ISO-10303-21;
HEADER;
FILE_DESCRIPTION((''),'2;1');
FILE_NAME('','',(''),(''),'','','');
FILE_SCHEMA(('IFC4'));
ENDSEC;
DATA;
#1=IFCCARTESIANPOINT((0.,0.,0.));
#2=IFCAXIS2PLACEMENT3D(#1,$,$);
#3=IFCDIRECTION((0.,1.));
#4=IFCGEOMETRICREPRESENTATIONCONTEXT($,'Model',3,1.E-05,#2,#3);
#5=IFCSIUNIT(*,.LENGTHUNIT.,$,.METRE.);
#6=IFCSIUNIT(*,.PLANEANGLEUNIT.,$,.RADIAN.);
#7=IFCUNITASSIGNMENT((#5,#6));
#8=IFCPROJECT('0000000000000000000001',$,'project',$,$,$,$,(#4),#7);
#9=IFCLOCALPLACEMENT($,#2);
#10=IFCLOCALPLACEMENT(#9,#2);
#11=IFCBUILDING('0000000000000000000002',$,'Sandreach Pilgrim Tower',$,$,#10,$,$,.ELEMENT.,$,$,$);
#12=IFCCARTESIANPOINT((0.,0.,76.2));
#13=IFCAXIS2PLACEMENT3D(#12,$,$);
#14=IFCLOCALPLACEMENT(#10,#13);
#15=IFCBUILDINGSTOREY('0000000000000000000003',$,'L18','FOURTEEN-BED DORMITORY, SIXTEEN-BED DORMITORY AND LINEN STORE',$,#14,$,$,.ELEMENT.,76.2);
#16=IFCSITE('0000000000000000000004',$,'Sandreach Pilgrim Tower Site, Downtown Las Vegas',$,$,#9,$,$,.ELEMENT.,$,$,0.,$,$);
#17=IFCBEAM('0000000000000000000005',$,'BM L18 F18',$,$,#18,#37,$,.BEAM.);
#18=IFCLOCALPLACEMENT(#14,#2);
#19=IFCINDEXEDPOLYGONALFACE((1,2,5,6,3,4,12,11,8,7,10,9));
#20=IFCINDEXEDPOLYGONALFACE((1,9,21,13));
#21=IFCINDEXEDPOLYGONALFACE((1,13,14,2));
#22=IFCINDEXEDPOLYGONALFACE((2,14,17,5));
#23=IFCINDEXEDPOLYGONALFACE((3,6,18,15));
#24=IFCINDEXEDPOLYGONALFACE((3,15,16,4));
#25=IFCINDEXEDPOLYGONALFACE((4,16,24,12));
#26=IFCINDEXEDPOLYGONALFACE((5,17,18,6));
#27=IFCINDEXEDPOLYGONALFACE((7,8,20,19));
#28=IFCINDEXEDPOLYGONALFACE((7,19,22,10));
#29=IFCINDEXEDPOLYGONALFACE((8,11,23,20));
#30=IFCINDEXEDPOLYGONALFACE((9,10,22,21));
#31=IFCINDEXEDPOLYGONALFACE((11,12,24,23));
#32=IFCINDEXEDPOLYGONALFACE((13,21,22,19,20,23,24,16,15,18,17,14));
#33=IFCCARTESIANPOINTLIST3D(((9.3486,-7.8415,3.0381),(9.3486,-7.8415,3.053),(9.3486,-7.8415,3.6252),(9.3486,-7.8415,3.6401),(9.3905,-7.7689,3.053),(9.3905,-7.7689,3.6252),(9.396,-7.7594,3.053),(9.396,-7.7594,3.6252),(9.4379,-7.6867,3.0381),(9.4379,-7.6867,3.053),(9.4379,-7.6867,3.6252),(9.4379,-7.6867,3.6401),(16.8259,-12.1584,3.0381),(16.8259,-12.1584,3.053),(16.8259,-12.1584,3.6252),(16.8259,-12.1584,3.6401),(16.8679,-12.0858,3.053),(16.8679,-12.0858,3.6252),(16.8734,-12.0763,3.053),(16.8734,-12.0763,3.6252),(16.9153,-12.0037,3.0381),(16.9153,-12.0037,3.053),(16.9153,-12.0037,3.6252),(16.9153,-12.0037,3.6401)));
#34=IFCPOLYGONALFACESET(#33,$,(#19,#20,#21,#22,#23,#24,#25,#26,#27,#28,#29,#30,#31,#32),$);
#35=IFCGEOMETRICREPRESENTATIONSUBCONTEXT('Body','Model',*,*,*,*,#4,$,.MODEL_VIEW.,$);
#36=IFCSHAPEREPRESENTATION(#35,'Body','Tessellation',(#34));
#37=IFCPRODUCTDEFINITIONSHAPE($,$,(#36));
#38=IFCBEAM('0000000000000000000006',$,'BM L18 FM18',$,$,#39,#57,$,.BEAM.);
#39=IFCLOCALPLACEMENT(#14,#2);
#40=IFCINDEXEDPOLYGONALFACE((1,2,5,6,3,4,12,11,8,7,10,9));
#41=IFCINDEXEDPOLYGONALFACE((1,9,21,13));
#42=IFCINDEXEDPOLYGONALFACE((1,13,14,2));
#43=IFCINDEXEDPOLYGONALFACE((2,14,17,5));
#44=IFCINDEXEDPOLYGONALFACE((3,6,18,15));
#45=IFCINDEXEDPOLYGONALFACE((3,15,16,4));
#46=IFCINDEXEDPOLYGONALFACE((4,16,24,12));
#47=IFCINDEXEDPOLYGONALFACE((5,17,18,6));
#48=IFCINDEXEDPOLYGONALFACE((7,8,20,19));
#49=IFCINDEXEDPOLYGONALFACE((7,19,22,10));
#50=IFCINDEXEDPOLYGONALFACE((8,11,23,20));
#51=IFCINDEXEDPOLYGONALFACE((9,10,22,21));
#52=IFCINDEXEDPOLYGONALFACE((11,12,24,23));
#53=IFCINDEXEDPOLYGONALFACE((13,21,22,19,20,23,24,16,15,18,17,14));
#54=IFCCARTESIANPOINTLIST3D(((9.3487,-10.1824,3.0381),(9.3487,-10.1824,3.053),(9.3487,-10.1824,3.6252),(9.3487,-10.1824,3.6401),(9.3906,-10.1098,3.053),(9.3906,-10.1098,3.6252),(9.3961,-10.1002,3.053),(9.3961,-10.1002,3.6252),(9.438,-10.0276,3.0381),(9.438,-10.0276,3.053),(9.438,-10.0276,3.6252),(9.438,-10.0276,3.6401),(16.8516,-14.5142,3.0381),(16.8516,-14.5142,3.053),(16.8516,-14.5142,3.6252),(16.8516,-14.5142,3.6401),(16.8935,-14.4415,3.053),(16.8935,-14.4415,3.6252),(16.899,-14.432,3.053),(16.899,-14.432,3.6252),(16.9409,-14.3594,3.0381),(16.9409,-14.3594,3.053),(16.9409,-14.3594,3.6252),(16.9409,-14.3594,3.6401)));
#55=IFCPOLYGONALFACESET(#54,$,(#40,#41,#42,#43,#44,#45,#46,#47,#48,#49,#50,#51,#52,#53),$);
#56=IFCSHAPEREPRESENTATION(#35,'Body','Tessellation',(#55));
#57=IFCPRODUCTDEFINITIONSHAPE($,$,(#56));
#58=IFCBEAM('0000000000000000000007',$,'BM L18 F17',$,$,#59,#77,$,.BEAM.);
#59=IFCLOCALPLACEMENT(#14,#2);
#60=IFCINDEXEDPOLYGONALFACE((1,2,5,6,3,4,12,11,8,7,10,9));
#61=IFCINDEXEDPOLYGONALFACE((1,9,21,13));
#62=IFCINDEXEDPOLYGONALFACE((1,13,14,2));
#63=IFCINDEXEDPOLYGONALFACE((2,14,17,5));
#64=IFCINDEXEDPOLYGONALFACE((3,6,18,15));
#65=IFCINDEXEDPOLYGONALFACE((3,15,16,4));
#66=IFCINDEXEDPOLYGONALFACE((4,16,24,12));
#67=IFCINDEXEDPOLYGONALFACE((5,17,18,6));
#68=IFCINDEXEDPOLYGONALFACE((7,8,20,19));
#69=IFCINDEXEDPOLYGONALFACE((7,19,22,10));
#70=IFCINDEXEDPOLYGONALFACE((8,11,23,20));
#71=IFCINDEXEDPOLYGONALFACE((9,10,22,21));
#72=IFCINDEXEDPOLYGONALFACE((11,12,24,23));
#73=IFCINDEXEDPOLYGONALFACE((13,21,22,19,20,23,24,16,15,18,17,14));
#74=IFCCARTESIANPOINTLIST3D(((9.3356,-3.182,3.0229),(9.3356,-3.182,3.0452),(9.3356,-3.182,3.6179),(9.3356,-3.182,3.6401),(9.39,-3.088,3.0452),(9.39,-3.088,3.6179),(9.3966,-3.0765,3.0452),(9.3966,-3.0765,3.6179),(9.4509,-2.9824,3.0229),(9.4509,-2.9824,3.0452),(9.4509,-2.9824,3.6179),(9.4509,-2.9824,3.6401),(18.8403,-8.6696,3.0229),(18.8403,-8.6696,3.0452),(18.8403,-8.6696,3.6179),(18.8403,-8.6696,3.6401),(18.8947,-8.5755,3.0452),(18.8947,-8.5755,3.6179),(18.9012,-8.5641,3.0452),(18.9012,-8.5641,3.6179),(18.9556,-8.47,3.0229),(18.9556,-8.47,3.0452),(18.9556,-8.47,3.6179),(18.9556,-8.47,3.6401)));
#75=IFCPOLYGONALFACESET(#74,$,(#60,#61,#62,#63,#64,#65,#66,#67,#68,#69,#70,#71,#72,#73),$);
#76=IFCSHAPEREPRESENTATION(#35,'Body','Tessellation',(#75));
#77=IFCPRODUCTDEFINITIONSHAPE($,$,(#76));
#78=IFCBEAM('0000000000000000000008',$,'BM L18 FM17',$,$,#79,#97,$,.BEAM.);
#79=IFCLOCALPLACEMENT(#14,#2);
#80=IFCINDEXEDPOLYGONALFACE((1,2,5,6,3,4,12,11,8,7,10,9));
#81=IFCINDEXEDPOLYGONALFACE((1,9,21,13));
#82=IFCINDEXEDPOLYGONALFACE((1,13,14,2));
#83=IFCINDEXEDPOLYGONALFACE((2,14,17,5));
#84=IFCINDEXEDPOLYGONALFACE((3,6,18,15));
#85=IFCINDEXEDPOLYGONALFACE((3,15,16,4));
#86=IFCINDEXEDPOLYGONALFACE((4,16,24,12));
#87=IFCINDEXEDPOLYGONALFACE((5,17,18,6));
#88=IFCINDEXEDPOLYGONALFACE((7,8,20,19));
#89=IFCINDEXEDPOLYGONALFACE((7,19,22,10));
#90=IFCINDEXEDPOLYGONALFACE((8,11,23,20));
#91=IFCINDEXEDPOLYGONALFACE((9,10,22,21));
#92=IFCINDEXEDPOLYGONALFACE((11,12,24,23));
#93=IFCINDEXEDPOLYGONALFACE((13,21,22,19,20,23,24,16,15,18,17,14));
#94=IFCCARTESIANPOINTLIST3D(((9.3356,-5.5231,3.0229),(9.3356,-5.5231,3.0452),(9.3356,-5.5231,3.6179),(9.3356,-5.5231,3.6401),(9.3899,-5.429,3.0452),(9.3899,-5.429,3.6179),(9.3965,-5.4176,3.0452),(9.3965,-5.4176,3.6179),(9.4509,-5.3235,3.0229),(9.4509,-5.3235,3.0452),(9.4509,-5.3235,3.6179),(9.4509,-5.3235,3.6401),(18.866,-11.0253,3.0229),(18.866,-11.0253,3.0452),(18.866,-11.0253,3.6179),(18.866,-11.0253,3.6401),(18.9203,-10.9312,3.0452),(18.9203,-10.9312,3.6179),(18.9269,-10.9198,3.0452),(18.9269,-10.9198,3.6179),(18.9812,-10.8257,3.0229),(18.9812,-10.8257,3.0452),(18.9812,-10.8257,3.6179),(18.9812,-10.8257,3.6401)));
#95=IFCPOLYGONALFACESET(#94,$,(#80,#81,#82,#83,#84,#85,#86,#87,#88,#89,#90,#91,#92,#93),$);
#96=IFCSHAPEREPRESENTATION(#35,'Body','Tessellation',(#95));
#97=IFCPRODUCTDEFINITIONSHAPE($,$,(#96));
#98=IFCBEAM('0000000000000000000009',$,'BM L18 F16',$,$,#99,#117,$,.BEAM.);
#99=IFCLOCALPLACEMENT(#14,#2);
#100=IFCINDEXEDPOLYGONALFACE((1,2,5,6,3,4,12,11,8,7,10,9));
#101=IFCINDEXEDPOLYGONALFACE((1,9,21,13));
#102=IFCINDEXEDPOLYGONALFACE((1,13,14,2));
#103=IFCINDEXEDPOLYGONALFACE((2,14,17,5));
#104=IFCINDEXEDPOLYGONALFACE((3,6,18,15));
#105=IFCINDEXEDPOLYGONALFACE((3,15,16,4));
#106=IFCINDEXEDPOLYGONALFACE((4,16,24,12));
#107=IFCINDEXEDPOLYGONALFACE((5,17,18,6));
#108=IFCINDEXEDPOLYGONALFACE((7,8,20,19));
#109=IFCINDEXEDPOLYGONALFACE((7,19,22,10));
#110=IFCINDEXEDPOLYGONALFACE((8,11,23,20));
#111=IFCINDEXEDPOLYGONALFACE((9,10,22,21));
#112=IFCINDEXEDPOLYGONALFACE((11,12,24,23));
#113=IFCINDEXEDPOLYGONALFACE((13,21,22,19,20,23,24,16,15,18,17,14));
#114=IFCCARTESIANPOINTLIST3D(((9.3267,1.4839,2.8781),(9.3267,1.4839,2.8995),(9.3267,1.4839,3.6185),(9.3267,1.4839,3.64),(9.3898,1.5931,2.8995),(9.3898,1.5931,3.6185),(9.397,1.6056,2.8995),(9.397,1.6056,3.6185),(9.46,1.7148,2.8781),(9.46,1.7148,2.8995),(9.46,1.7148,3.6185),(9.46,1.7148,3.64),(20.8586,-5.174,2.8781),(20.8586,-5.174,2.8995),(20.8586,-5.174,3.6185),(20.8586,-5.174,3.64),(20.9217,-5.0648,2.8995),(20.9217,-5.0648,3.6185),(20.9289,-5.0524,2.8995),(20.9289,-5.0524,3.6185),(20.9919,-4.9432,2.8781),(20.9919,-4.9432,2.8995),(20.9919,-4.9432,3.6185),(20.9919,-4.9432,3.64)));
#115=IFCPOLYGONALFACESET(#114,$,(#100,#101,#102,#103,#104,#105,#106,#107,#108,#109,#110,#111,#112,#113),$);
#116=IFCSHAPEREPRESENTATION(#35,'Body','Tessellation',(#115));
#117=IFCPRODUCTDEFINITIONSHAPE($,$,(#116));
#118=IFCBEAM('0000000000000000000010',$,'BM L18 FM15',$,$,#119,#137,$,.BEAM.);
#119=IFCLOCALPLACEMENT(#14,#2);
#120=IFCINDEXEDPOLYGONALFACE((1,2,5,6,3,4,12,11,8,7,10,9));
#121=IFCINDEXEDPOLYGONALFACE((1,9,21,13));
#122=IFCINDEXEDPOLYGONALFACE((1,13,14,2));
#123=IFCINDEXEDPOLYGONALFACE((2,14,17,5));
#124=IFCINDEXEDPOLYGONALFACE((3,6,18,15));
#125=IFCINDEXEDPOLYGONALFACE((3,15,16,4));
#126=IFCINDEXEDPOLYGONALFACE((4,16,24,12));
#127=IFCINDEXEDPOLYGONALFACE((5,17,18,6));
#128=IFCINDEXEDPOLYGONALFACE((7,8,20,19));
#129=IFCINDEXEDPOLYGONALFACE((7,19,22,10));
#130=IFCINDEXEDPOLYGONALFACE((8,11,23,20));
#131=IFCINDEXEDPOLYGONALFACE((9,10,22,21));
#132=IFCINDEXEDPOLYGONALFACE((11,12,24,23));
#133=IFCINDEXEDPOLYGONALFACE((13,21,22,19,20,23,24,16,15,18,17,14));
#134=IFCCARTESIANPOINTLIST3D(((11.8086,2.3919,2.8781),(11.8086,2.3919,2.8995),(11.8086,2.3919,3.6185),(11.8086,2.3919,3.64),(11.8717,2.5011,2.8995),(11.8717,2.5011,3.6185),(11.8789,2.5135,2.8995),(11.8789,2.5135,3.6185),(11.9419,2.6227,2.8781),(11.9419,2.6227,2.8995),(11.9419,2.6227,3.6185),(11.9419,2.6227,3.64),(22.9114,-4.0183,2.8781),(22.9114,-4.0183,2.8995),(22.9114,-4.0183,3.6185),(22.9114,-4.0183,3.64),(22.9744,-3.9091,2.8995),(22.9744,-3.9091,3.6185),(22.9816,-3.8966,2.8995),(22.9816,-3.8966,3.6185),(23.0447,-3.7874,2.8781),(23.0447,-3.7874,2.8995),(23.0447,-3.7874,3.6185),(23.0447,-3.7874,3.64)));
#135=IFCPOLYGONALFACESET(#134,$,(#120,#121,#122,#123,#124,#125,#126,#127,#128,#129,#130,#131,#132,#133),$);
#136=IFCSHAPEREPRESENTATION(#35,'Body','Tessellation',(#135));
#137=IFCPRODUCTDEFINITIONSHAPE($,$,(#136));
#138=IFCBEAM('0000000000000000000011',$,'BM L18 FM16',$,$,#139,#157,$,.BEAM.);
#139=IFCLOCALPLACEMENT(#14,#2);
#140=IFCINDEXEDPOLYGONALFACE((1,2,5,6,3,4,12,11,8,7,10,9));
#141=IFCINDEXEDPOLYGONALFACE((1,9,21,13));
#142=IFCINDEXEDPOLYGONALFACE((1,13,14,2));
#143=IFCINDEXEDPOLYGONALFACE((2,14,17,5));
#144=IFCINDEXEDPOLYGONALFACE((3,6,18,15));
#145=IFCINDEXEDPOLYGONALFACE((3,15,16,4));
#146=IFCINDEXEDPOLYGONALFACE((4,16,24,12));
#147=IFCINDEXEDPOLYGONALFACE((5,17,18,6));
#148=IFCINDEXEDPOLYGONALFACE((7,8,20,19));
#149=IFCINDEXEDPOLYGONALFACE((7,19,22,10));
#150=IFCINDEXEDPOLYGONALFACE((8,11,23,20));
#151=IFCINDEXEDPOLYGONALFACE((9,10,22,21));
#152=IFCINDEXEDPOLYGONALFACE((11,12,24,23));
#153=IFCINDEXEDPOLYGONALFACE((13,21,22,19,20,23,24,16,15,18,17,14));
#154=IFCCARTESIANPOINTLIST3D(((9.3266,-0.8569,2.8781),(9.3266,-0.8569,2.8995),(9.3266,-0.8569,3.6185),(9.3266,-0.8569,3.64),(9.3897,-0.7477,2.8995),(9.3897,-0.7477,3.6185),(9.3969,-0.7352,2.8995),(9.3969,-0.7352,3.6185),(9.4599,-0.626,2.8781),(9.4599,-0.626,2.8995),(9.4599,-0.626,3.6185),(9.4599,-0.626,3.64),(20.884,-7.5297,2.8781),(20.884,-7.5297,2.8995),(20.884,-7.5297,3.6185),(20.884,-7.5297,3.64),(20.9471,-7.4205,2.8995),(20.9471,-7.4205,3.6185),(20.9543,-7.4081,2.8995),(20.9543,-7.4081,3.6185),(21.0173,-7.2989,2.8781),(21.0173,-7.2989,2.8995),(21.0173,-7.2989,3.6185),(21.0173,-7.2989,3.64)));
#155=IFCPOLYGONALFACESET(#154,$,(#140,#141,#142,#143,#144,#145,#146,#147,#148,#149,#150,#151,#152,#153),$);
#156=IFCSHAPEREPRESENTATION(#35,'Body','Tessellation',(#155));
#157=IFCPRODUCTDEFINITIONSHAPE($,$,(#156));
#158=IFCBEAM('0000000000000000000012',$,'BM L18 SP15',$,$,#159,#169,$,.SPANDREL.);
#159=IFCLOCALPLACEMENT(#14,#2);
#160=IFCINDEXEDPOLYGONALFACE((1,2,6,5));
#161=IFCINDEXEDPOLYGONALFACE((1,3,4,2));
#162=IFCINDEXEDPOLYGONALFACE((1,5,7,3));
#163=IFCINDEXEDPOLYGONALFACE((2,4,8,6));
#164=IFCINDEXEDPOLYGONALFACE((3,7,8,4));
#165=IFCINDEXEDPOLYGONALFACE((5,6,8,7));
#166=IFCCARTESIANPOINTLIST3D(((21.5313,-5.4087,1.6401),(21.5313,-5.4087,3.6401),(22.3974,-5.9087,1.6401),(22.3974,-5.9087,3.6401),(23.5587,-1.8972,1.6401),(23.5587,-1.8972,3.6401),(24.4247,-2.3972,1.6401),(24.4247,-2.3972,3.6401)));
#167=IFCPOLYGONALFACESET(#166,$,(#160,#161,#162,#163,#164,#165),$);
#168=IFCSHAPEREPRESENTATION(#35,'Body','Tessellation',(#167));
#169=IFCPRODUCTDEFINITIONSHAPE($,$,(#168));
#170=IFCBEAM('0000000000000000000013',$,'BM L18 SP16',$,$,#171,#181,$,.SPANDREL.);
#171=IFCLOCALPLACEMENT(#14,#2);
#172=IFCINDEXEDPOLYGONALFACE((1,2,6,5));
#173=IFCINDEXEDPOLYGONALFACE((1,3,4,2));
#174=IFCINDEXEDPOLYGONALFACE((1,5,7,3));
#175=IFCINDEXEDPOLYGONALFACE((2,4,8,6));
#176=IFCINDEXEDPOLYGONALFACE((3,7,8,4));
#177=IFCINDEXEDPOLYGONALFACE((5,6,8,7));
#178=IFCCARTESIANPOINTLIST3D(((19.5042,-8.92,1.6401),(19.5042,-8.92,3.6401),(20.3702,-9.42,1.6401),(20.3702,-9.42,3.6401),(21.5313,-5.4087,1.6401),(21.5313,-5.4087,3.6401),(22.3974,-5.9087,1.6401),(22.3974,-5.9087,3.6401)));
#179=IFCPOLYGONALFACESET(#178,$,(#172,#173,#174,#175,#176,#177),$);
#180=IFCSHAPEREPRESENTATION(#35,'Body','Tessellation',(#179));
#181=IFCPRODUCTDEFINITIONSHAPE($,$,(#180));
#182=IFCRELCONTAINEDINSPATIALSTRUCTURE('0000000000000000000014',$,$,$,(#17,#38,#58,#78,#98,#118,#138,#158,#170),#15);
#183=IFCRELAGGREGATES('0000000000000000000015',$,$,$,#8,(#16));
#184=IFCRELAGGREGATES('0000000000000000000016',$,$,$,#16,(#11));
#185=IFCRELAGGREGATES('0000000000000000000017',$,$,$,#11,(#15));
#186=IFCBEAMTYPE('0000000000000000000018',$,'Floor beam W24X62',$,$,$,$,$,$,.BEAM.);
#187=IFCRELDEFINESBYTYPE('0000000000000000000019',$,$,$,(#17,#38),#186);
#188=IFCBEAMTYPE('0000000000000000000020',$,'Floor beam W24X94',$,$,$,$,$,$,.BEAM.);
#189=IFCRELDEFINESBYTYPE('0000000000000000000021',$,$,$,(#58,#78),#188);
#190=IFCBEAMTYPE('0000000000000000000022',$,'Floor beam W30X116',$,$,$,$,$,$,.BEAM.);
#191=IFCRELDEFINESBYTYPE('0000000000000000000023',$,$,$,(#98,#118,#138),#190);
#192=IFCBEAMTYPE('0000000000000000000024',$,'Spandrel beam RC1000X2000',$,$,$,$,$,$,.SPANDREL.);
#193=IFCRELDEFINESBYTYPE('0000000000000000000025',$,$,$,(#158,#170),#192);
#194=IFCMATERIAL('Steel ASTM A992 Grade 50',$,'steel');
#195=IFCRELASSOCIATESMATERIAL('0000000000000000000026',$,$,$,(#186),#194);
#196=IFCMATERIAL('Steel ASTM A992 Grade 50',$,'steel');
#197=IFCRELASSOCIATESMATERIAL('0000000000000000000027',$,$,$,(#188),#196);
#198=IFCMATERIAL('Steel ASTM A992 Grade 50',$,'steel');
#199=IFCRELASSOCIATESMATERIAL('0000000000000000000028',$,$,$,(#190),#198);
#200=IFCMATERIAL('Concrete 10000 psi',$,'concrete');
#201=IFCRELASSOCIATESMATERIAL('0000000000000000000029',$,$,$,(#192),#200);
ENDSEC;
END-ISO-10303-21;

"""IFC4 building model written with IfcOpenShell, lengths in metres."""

from ifc_helpers import new_model, si_unit, direction, frame, origin, origin_2d, place, context, subcontext, project, spatial, rectangle, i_section, extrude, material, material_profile, profile_set, type_object, element, save


model = new_model("IFC4")

# Units and contexts
model_context = context("Model", 3, precision=1e-05, world=origin(), true_north=direction((0.0, 1.0)))
body_context = subcontext(model_context, "Body", "Model", "MODEL_VIEW")
ifc_project = project(units=[si_unit("LENGTHUNIT", "METRE"), si_unit("PLANEANGLEUNIT", "RADIAN")], contexts=[model_context])

# Site, building, storey
site_placement = place(None, origin())
site = spatial("IfcSite", under=ifc_project, at=site_placement, Name="Sandreach Pilgrim Tower Site, Downtown Las Vegas", CompositionType="ELEMENT", RefElevation=0.0)
building_placement = place(site_placement, origin())
building = spatial("IfcBuilding", under=site, at=building_placement, Name="Sandreach Pilgrim Tower", CompositionType="ELEMENT")
storey_placement = place(building_placement, frame((0.0, 0.0, 76.2)))
storey = spatial("IfcBuildingStorey", under=building, at=storey_placement, Name="L18", Description="FOURTEEN-BED DORMITORY, SIXTEEN-BED DORMITORY AND LINEN STORE", CompositionType="ELEMENT", Elevation=76.2)

# Beams
ifc_material_1 = material(Name="Steel ASTM A992 Grade 50", Category="steel")
ifc_material_profile_1 = material_profile(ifc_material_1, i_section(OverallWidth=0.1787, OverallDepth=0.6021, WebThickness=0.011, FlangeThickness=0.0149, at=origin_2d()), Name="W24X62")
ifc_profile_set_1 = profile_set([ifc_material_profile_1], Name="Steel ASTM A992 Grade 50")
beam_type_1 = type_object("IfcBeamType", Name="Floor beam W24X62", PredefinedType="BEAM", material=ifc_profile_set_1)
beam_1_placement = place(storey_placement, frame((16.8706, -12.0811, 3.3391), z_axis=(-0.866032, 0.499989, 0.0), x_axis=(-0.499989, -0.866032, 0.0)))
element("IfcBeam", 1, at=beam_1_placement, inside=storey, type_object=beam_type_1, Name="BM L18 F18", PredefinedType="BEAM", context=body_context, shape_type="SweptSolid", body=[
    extrude(i_section(OverallWidth=0.1787, OverallDepth=0.6021, WebThickness=0.011, FlangeThickness=0.0149, at=origin_2d()), origin(), (0.0, 0.0, 1.0), 8.634),
])
beam_2_placement = place(storey_placement, frame((16.8962, -14.4368, 3.3391), z_axis=(-0.866027, 0.499997, 0.0), x_axis=(-0.499997, -0.866027, 0.0)))
element("IfcBeam", 2, at=beam_2_placement, inside=storey, type_object=beam_type_1, Name="BM L18 FM18", PredefinedType="BEAM", context=body_context, shape_type="SweptSolid", body=[
    extrude(i_section(OverallWidth=0.1787, OverallDepth=0.6021, WebThickness=0.011, FlangeThickness=0.0149, at=origin_2d()), origin(), (0.0, 0.0, 1.0), 8.6636),
])
ifc_material_2 = material(Name="Steel ASTM A992 Grade 50", Category="steel")
ifc_material_profile_2 = material_profile(ifc_material_2, i_section(OverallWidth=0.2305, OverallDepth=0.6172, WebThickness=0.0132, FlangeThickness=0.0222, at=origin_2d()), Name="W24X94")
ifc_profile_set_2 = profile_set([ifc_material_profile_2], Name="Steel ASTM A992 Grade 50")
beam_type_2 = type_object("IfcBeamType", Name="Floor beam W24X94", PredefinedType="BEAM", material=ifc_profile_set_2)
beam_3_placement = place(storey_placement, frame((18.8979, -8.5698, 3.3315), z_axis=(-0.866024, 0.500003, 0.0), x_axis=(-0.500003, -0.866024, 0.0)))
element("IfcBeam", 3, at=beam_3_placement, inside=storey, type_object=beam_type_2, Name="BM L18 F17", PredefinedType="BEAM", context=body_context, shape_type="SweptSolid", body=[
    extrude(i_section(OverallWidth=0.2305, OverallDepth=0.6172, WebThickness=0.0132, FlangeThickness=0.0222, at=origin_2d()), origin(), (0.0, 0.0, 1.0), 10.9751),
])
beam_4_placement = place(storey_placement, frame((18.9236, -10.9255, 3.3315), z_axis=(-0.86603, 0.499993, 0.0), x_axis=(-0.499993, -0.86603, 0.0)))
element("IfcBeam", 4, at=beam_4_placement, inside=storey, type_object=beam_type_2, Name="BM L18 FM17", PredefinedType="BEAM", context=body_context, shape_type="SweptSolid", body=[
    extrude(i_section(OverallWidth=0.2305, OverallDepth=0.6172, WebThickness=0.0132, FlangeThickness=0.0222, at=origin_2d()), origin(), (0.0, 0.0, 1.0), 11.0046),
])
ifc_material_3 = material(Name="Steel ASTM A992 Grade 50", Category="steel")
ifc_material_profile_3 = material_profile(ifc_material_3, i_section(OverallWidth=0.2666, OverallDepth=0.762, WebThickness=0.0144, FlangeThickness=0.0215, at=origin_2d()), Name="W30X116")
ifc_profile_set_3 = profile_set([ifc_material_profile_3], Name="Steel ASTM A992 Grade 50")
beam_type_3 = type_object("IfcBeamType", Name="Floor beam W30X116", PredefinedType="BEAM", material=ifc_profile_set_3)
beam_5_placement = place(storey_placement, frame((20.9253, -5.0586, 3.259), z_axis=(-0.866027, 0.499998, 0.0), x_axis=(-0.499998, -0.866027, 0.0)))
element("IfcBeam", 5, at=beam_5_placement, inside=storey, type_object=beam_type_3, Name="BM L18 F16", PredefinedType="BEAM", context=body_context, shape_type="SweptSolid", body=[
    extrude(i_section(OverallWidth=0.2666, OverallDepth=0.762, WebThickness=0.0144, FlangeThickness=0.0215, at=origin_2d()), origin(), (0.0, 0.0, 1.0), 13.3159),
])
beam_6_placement = place(storey_placement, frame((22.978, -3.9028, 3.259), z_axis=(-0.866027, 0.499998, 0.0), x_axis=(-0.499998, -0.866027, 0.0)))
element("IfcBeam", 6, at=beam_6_placement, inside=storey, type_object=beam_type_3, Name="BM L18 FM15", PredefinedType="BEAM", context=body_context, shape_type="SweptSolid", body=[
    extrude(i_section(OverallWidth=0.2666, OverallDepth=0.762, WebThickness=0.0144, FlangeThickness=0.0215, at=origin_2d()), origin(), (0.0, 0.0, 1.0), 12.8203),
])
beam_7_placement = place(storey_placement, frame((20.9507, -7.4143, 3.259), z_axis=(-0.866019, 0.500011, 0.0), x_axis=(-0.500011, -0.866019, 0.0)))
element("IfcBeam", 7, at=beam_7_placement, inside=storey, type_object=beam_type_3, Name="BM L18 FM16", PredefinedType="BEAM", context=body_context, shape_type="SweptSolid", body=[
    extrude(i_section(OverallWidth=0.2666, OverallDepth=0.762, WebThickness=0.0144, FlangeThickness=0.0215, at=origin_2d()), origin(), (0.0, 0.0, 1.0), 13.3455),
])
ifc_material_4 = material(Name="Concrete 10000 psi", Category="concrete")
ifc_material_profile_4 = material_profile(ifc_material_4, rectangle(XDim=1.0, YDim=2.0, at=origin_2d()), Name="RC1000X2000")
ifc_profile_set_4 = profile_set([ifc_material_profile_4], Name="Concrete 10000 psi")
beam_type_4 = type_object("IfcBeamType", Name="Spandrel beam RC1000X2000", PredefinedType="SPANDREL", material=ifc_profile_set_4)
beam_8_placement = place(storey_placement, frame((23.9917, -2.1472, 2.6401), z_axis=(-0.499999, -0.866026, 0.0), x_axis=(0.866026, -0.499999, 0.0)))
element("IfcBeam", 8, at=beam_8_placement, inside=storey, type_object=beam_type_4, Name="BM L18 SP15", PredefinedType="SPANDREL", context=body_context, shape_type="SweptSolid", body=[
    extrude(rectangle(XDim=1.0, YDim=2.0, at=origin_2d()), origin(), (0.0, 0.0, 1.0), 4.0547),
])
for number, where, z_axis, x_axis, name in (
    (9, (21.9644, -5.6587, 2.6401), (-0.49998, -0.866037, 0.0), (0.866037, -0.49998, 0.0), "BM L18 SP16"),
):
    element("IfcBeam", number, at=place(storey_placement, frame(where, z_axis=z_axis, x_axis=x_axis)), inside=storey, type_object=beam_type_4, Name=name, PredefinedType="SPANDREL", context=body_context, shape_type="SweptSolid", body=[
        extrude(rectangle(XDim=1.0, YDim=2.0, at=origin_2d()), origin(), (0.0, 0.0, 1.0), 4.0544),
    ])

save(model, "model.ifc")
